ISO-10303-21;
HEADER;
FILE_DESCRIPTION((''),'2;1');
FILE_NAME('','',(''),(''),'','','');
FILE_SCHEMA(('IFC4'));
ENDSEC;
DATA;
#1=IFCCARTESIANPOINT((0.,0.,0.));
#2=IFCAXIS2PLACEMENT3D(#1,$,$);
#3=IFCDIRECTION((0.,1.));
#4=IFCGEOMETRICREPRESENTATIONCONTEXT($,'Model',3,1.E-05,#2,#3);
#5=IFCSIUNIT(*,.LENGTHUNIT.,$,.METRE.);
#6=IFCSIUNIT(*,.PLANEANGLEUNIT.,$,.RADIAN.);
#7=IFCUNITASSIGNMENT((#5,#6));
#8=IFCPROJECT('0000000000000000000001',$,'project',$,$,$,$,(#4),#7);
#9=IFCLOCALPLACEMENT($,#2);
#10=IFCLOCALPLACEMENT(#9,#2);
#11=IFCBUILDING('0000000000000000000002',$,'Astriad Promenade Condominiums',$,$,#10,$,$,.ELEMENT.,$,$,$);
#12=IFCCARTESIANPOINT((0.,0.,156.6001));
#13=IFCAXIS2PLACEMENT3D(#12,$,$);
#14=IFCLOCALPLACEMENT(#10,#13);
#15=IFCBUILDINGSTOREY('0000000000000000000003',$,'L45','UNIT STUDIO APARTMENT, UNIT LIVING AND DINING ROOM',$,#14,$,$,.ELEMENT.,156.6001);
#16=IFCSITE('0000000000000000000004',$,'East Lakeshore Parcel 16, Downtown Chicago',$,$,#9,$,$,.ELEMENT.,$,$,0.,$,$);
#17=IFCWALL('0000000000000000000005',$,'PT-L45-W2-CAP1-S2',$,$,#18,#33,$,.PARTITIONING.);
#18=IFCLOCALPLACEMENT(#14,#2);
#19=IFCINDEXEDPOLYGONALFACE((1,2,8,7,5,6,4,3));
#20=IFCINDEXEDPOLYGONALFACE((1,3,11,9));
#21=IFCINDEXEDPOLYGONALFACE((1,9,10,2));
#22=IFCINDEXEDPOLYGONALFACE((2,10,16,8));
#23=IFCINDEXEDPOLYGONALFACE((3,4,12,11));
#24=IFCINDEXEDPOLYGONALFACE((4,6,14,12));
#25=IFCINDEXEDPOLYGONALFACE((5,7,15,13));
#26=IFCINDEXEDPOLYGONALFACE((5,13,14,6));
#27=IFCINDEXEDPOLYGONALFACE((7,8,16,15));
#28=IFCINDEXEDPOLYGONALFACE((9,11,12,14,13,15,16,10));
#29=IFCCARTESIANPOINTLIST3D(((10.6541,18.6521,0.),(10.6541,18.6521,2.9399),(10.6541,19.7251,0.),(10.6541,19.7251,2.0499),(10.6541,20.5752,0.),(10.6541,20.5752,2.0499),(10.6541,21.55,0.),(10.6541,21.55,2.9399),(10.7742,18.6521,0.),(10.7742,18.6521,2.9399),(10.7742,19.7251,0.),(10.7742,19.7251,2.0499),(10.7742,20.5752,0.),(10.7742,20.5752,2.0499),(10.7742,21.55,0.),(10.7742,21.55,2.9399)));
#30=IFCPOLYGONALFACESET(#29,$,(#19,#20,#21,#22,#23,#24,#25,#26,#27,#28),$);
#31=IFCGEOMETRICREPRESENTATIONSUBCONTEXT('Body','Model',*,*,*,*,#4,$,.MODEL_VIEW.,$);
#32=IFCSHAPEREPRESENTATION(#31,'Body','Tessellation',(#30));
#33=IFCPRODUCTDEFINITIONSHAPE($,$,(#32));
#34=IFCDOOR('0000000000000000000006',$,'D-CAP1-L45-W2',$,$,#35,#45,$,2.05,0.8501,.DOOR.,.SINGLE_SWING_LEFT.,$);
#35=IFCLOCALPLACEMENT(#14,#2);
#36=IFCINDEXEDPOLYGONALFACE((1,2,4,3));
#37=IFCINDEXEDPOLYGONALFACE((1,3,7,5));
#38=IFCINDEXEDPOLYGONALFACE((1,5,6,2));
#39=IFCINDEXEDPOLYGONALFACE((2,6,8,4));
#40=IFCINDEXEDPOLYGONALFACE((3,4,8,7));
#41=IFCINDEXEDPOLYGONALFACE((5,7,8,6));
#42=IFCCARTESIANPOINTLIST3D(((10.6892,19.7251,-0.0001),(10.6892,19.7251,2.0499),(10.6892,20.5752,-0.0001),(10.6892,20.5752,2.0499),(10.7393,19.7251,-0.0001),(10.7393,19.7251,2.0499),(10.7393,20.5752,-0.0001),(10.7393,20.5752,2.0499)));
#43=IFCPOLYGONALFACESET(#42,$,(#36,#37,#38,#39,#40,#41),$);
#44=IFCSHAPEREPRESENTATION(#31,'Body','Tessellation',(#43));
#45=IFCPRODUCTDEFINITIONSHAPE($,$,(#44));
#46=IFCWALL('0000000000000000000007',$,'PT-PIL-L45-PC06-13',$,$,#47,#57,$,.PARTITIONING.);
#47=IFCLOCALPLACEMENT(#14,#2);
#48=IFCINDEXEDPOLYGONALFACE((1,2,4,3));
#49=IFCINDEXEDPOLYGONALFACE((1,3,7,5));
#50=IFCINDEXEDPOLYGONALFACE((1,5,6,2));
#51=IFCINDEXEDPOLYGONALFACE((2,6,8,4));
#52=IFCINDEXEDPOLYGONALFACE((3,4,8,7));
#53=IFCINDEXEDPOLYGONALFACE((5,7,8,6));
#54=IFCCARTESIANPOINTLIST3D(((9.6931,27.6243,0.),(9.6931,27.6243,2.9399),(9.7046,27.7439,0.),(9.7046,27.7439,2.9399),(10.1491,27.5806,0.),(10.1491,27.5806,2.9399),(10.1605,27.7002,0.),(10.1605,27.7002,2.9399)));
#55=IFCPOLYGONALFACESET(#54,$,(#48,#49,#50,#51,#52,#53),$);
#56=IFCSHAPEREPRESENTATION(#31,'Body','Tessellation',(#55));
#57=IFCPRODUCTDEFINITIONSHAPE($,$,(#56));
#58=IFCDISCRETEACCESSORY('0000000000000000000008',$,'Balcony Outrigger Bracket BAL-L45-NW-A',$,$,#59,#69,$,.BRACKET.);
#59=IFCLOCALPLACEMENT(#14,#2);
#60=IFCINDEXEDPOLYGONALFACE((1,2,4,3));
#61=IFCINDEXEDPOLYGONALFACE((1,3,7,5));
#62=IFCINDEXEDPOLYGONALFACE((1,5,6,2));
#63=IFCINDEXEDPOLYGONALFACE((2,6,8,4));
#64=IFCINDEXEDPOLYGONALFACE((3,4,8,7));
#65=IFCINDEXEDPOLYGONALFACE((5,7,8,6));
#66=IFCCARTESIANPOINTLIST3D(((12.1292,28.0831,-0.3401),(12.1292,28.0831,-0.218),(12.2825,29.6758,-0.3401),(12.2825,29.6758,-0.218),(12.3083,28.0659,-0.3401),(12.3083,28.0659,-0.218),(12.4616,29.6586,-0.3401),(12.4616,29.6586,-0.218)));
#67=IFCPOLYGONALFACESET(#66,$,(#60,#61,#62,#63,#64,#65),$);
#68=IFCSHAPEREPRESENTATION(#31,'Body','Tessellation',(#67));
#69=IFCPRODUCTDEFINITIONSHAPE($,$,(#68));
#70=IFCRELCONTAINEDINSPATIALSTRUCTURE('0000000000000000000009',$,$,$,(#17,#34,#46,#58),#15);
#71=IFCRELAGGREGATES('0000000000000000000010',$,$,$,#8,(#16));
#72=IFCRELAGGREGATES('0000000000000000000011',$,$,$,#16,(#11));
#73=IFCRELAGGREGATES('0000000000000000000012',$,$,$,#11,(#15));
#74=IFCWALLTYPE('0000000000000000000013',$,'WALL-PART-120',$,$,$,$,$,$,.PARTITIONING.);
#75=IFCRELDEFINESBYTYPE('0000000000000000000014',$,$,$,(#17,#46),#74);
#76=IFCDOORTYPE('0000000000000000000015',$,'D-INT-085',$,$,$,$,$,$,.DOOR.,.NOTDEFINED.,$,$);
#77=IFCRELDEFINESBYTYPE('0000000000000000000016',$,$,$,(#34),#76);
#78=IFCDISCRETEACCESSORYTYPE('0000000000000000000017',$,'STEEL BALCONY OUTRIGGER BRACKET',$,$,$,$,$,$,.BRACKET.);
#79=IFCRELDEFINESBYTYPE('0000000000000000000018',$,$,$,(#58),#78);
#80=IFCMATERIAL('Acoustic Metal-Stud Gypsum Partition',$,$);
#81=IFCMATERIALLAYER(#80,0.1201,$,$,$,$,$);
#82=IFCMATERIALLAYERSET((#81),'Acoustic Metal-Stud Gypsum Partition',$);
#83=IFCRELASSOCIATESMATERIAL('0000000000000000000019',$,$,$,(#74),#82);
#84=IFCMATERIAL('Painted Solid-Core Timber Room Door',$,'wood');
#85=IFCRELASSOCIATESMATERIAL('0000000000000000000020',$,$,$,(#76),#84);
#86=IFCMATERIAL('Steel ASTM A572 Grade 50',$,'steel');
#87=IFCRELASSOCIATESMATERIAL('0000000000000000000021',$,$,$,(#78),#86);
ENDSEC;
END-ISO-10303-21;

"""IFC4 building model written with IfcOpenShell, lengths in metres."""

from ifc_helpers import new_model, si_unit, direction, frame, frame_2d, origin, origin_2d, place, context, subcontext, project, spatial, rectangle, extrude, source, transform, mapped, material, layer, layer_set, type_object, type_shapes, element, fill, save


model = new_model("IFC4")

# Units and contexts
model_context = context("Model", 3, precision=1e-05, world=origin(), true_north=direction((0.0, 1.0)))
body_context = subcontext(model_context, "Body", "Model", "MODEL_VIEW")
ifc_project = project(units=[si_unit("LENGTHUNIT", "METRE"), si_unit("PLANEANGLEUNIT", "RADIAN")], contexts=[model_context])

# Site, building, storey
site_placement = place(None, origin())
site = spatial("IfcSite", under=ifc_project, at=site_placement, Name="East Lakeshore Parcel 16, Downtown Chicago", CompositionType="ELEMENT", RefElevation=0.0)
building_placement = place(site_placement, origin())
building = spatial("IfcBuilding", under=site, at=building_placement, Name="Astriad Promenade Condominiums", CompositionType="ELEMENT")
storey_placement = place(building_placement, frame((0.0, 0.0, 156.6001)))
storey = spatial("IfcBuildingStorey", under=building, at=storey_placement, Name="L45", Description="UNIT STUDIO APARTMENT, UNIT LIVING AND DINING ROOM", CompositionType="ELEMENT", Elevation=156.6001)

# Shared definitions
ifc_material_1 = material(Name="Acoustic Metal-Stud Gypsum Partition")
ifc_layer_1 = layer(ifc_material_1, 0.1201)
ifc_layer_set_1 = layer_set([ifc_layer_1], Name="Acoustic Metal-Stud Gypsum Partition")
wall_type_1 = type_object("IfcWallType", Name="WALL-PART-120", PredefinedType="PARTITIONING", material=ifc_layer_set_1)
ifc_material_2 = material(Name="Painted Solid-Core Timber Room Door", Category="wood")
door_type_1 = type_object("IfcDoorType", Name="D-INT-085", OperationType="NOTDEFINED", PredefinedType="DOOR", material=ifc_material_2)
shared_shape_1 = source(origin(), body_context, "Body", "SweptSolid", [
    extrude(rectangle(XDim=0.8501, YDim=2.05, at=frame_2d((0.425, 1.0249))), frame((0.0, 0.0249, 0.0), z_axis=(0.0, -1.0, 0.0), x_axis=(1.0, 0.0, 0.0)), (0.0, 0.0, 1.0), 0.05),
])
type_shapes(door_type_1, [shared_shape_1])

# Wall, opening, door
wall_1_placement = place(storey_placement, frame((10.7141, 18.6521, 0.0), z_axis=(0.0, 0.0, 1.0), x_axis=(0.0, 1.0, 0.0)))
wall_1 = element("IfcWall", 1, at=wall_1_placement, inside=storey, type_object=wall_type_1, Name="PT-L45-W2-CAP1-S2", PredefinedType="PARTITIONING", context=body_context, shape_type="SweptSolid", body=[
    extrude(rectangle(XDim=2.8979, YDim=0.1201, at=frame_2d((1.449, 0.0))), origin(), (0.0, 0.0, 1.0), 2.9399),
])
opening_1_placement = place(wall_1_placement, frame((1.073, 0.0, 0.0)))
opening_1 = element("IfcOpeningElement", 2, at=opening_1_placement, cuts=wall_1, PredefinedType="OPENING", context=body_context, shape_type="SweptSolid", body=[
    extrude(rectangle(XDim=0.8501, YDim=2.05, at=frame_2d((0.425, 1.0249))), frame((0.0, 0.0701, 0.0), z_axis=(0.0, -1.0, 0.0), x_axis=(1.0, 0.0, 0.0)), (0.0, 0.0, 1.0), 0.1401),
])
door_1_placement = place(opening_1_placement, origin())
door_1 = element("IfcDoor", 3, at=door_1_placement, inside=storey, type_object=door_type_1, Name="D-CAP1-L45-W2", OperationType="SINGLE_SWING_LEFT", OverallHeight=2.05, OverallWidth=0.8501, PredefinedType="DOOR", context=body_context, shape_type="MappedRepresentation", body=[
    mapped(shared_shape_1, transform((0.0, 0.0, 0.0), scale=1.0)),
])
fill(opening_1, door_1)

# Wall
wall_2_placement = place(storey_placement, frame((10.1548, 27.6404, 0.0), z_axis=(0.0, 0.0, 1.0), x_axis=(-0.995435, 0.095438, 0.0)))
element("IfcWall", 4, at=wall_2_placement, inside=storey, type_object=wall_type_1, Name="PT-PIL-L45-PC06-13", PredefinedType="PARTITIONING", context=body_context, shape_type="SweptSolid", body=[
    extrude(rectangle(XDim=0.458, YDim=0.1201, at=frame_2d((0.229, 0.0))), origin(), (0.0, 0.0, 1.0), 2.9399),
])

# Discrete accessory
ifc_material_3 = material(Name="Steel ASTM A572 Grade 50", Category="steel")
discrete_accessory_type = type_object("IfcDiscreteAccessoryType", Name="STEEL BALCONY OUTRIGGER BRACKET", PredefinedType="BRACKET", material=ifc_material_3)
shared_shape_2 = source(origin(), body_context, "Body", "SweptSolid", [
    extrude(rectangle(XDim=1.6001, YDim=0.1799, at=origin_2d()), origin(), (0.0, 0.0, 1.0), 0.1221),
])
type_shapes(discrete_accessory_type, [shared_shape_2])
discrete_accessory_placement = place(storey_placement, frame((12.2954, 28.8708, -0.3401), z_axis=(0.0, 0.0, 1.0), x_axis=(0.095846, 0.995396, 0.0)))
element("IfcDiscreteAccessory", 5, at=discrete_accessory_placement, inside=storey, type_object=discrete_accessory_type, Name="Balcony Outrigger Bracket BAL-L45-NW-A", PredefinedType="BRACKET", context=body_context, shape_type="MappedRepresentation", body=[
    mapped(shared_shape_2, transform((0.0, 0.0, 0.0), scale=1.0)),
])

save(model, "model.ifc")
